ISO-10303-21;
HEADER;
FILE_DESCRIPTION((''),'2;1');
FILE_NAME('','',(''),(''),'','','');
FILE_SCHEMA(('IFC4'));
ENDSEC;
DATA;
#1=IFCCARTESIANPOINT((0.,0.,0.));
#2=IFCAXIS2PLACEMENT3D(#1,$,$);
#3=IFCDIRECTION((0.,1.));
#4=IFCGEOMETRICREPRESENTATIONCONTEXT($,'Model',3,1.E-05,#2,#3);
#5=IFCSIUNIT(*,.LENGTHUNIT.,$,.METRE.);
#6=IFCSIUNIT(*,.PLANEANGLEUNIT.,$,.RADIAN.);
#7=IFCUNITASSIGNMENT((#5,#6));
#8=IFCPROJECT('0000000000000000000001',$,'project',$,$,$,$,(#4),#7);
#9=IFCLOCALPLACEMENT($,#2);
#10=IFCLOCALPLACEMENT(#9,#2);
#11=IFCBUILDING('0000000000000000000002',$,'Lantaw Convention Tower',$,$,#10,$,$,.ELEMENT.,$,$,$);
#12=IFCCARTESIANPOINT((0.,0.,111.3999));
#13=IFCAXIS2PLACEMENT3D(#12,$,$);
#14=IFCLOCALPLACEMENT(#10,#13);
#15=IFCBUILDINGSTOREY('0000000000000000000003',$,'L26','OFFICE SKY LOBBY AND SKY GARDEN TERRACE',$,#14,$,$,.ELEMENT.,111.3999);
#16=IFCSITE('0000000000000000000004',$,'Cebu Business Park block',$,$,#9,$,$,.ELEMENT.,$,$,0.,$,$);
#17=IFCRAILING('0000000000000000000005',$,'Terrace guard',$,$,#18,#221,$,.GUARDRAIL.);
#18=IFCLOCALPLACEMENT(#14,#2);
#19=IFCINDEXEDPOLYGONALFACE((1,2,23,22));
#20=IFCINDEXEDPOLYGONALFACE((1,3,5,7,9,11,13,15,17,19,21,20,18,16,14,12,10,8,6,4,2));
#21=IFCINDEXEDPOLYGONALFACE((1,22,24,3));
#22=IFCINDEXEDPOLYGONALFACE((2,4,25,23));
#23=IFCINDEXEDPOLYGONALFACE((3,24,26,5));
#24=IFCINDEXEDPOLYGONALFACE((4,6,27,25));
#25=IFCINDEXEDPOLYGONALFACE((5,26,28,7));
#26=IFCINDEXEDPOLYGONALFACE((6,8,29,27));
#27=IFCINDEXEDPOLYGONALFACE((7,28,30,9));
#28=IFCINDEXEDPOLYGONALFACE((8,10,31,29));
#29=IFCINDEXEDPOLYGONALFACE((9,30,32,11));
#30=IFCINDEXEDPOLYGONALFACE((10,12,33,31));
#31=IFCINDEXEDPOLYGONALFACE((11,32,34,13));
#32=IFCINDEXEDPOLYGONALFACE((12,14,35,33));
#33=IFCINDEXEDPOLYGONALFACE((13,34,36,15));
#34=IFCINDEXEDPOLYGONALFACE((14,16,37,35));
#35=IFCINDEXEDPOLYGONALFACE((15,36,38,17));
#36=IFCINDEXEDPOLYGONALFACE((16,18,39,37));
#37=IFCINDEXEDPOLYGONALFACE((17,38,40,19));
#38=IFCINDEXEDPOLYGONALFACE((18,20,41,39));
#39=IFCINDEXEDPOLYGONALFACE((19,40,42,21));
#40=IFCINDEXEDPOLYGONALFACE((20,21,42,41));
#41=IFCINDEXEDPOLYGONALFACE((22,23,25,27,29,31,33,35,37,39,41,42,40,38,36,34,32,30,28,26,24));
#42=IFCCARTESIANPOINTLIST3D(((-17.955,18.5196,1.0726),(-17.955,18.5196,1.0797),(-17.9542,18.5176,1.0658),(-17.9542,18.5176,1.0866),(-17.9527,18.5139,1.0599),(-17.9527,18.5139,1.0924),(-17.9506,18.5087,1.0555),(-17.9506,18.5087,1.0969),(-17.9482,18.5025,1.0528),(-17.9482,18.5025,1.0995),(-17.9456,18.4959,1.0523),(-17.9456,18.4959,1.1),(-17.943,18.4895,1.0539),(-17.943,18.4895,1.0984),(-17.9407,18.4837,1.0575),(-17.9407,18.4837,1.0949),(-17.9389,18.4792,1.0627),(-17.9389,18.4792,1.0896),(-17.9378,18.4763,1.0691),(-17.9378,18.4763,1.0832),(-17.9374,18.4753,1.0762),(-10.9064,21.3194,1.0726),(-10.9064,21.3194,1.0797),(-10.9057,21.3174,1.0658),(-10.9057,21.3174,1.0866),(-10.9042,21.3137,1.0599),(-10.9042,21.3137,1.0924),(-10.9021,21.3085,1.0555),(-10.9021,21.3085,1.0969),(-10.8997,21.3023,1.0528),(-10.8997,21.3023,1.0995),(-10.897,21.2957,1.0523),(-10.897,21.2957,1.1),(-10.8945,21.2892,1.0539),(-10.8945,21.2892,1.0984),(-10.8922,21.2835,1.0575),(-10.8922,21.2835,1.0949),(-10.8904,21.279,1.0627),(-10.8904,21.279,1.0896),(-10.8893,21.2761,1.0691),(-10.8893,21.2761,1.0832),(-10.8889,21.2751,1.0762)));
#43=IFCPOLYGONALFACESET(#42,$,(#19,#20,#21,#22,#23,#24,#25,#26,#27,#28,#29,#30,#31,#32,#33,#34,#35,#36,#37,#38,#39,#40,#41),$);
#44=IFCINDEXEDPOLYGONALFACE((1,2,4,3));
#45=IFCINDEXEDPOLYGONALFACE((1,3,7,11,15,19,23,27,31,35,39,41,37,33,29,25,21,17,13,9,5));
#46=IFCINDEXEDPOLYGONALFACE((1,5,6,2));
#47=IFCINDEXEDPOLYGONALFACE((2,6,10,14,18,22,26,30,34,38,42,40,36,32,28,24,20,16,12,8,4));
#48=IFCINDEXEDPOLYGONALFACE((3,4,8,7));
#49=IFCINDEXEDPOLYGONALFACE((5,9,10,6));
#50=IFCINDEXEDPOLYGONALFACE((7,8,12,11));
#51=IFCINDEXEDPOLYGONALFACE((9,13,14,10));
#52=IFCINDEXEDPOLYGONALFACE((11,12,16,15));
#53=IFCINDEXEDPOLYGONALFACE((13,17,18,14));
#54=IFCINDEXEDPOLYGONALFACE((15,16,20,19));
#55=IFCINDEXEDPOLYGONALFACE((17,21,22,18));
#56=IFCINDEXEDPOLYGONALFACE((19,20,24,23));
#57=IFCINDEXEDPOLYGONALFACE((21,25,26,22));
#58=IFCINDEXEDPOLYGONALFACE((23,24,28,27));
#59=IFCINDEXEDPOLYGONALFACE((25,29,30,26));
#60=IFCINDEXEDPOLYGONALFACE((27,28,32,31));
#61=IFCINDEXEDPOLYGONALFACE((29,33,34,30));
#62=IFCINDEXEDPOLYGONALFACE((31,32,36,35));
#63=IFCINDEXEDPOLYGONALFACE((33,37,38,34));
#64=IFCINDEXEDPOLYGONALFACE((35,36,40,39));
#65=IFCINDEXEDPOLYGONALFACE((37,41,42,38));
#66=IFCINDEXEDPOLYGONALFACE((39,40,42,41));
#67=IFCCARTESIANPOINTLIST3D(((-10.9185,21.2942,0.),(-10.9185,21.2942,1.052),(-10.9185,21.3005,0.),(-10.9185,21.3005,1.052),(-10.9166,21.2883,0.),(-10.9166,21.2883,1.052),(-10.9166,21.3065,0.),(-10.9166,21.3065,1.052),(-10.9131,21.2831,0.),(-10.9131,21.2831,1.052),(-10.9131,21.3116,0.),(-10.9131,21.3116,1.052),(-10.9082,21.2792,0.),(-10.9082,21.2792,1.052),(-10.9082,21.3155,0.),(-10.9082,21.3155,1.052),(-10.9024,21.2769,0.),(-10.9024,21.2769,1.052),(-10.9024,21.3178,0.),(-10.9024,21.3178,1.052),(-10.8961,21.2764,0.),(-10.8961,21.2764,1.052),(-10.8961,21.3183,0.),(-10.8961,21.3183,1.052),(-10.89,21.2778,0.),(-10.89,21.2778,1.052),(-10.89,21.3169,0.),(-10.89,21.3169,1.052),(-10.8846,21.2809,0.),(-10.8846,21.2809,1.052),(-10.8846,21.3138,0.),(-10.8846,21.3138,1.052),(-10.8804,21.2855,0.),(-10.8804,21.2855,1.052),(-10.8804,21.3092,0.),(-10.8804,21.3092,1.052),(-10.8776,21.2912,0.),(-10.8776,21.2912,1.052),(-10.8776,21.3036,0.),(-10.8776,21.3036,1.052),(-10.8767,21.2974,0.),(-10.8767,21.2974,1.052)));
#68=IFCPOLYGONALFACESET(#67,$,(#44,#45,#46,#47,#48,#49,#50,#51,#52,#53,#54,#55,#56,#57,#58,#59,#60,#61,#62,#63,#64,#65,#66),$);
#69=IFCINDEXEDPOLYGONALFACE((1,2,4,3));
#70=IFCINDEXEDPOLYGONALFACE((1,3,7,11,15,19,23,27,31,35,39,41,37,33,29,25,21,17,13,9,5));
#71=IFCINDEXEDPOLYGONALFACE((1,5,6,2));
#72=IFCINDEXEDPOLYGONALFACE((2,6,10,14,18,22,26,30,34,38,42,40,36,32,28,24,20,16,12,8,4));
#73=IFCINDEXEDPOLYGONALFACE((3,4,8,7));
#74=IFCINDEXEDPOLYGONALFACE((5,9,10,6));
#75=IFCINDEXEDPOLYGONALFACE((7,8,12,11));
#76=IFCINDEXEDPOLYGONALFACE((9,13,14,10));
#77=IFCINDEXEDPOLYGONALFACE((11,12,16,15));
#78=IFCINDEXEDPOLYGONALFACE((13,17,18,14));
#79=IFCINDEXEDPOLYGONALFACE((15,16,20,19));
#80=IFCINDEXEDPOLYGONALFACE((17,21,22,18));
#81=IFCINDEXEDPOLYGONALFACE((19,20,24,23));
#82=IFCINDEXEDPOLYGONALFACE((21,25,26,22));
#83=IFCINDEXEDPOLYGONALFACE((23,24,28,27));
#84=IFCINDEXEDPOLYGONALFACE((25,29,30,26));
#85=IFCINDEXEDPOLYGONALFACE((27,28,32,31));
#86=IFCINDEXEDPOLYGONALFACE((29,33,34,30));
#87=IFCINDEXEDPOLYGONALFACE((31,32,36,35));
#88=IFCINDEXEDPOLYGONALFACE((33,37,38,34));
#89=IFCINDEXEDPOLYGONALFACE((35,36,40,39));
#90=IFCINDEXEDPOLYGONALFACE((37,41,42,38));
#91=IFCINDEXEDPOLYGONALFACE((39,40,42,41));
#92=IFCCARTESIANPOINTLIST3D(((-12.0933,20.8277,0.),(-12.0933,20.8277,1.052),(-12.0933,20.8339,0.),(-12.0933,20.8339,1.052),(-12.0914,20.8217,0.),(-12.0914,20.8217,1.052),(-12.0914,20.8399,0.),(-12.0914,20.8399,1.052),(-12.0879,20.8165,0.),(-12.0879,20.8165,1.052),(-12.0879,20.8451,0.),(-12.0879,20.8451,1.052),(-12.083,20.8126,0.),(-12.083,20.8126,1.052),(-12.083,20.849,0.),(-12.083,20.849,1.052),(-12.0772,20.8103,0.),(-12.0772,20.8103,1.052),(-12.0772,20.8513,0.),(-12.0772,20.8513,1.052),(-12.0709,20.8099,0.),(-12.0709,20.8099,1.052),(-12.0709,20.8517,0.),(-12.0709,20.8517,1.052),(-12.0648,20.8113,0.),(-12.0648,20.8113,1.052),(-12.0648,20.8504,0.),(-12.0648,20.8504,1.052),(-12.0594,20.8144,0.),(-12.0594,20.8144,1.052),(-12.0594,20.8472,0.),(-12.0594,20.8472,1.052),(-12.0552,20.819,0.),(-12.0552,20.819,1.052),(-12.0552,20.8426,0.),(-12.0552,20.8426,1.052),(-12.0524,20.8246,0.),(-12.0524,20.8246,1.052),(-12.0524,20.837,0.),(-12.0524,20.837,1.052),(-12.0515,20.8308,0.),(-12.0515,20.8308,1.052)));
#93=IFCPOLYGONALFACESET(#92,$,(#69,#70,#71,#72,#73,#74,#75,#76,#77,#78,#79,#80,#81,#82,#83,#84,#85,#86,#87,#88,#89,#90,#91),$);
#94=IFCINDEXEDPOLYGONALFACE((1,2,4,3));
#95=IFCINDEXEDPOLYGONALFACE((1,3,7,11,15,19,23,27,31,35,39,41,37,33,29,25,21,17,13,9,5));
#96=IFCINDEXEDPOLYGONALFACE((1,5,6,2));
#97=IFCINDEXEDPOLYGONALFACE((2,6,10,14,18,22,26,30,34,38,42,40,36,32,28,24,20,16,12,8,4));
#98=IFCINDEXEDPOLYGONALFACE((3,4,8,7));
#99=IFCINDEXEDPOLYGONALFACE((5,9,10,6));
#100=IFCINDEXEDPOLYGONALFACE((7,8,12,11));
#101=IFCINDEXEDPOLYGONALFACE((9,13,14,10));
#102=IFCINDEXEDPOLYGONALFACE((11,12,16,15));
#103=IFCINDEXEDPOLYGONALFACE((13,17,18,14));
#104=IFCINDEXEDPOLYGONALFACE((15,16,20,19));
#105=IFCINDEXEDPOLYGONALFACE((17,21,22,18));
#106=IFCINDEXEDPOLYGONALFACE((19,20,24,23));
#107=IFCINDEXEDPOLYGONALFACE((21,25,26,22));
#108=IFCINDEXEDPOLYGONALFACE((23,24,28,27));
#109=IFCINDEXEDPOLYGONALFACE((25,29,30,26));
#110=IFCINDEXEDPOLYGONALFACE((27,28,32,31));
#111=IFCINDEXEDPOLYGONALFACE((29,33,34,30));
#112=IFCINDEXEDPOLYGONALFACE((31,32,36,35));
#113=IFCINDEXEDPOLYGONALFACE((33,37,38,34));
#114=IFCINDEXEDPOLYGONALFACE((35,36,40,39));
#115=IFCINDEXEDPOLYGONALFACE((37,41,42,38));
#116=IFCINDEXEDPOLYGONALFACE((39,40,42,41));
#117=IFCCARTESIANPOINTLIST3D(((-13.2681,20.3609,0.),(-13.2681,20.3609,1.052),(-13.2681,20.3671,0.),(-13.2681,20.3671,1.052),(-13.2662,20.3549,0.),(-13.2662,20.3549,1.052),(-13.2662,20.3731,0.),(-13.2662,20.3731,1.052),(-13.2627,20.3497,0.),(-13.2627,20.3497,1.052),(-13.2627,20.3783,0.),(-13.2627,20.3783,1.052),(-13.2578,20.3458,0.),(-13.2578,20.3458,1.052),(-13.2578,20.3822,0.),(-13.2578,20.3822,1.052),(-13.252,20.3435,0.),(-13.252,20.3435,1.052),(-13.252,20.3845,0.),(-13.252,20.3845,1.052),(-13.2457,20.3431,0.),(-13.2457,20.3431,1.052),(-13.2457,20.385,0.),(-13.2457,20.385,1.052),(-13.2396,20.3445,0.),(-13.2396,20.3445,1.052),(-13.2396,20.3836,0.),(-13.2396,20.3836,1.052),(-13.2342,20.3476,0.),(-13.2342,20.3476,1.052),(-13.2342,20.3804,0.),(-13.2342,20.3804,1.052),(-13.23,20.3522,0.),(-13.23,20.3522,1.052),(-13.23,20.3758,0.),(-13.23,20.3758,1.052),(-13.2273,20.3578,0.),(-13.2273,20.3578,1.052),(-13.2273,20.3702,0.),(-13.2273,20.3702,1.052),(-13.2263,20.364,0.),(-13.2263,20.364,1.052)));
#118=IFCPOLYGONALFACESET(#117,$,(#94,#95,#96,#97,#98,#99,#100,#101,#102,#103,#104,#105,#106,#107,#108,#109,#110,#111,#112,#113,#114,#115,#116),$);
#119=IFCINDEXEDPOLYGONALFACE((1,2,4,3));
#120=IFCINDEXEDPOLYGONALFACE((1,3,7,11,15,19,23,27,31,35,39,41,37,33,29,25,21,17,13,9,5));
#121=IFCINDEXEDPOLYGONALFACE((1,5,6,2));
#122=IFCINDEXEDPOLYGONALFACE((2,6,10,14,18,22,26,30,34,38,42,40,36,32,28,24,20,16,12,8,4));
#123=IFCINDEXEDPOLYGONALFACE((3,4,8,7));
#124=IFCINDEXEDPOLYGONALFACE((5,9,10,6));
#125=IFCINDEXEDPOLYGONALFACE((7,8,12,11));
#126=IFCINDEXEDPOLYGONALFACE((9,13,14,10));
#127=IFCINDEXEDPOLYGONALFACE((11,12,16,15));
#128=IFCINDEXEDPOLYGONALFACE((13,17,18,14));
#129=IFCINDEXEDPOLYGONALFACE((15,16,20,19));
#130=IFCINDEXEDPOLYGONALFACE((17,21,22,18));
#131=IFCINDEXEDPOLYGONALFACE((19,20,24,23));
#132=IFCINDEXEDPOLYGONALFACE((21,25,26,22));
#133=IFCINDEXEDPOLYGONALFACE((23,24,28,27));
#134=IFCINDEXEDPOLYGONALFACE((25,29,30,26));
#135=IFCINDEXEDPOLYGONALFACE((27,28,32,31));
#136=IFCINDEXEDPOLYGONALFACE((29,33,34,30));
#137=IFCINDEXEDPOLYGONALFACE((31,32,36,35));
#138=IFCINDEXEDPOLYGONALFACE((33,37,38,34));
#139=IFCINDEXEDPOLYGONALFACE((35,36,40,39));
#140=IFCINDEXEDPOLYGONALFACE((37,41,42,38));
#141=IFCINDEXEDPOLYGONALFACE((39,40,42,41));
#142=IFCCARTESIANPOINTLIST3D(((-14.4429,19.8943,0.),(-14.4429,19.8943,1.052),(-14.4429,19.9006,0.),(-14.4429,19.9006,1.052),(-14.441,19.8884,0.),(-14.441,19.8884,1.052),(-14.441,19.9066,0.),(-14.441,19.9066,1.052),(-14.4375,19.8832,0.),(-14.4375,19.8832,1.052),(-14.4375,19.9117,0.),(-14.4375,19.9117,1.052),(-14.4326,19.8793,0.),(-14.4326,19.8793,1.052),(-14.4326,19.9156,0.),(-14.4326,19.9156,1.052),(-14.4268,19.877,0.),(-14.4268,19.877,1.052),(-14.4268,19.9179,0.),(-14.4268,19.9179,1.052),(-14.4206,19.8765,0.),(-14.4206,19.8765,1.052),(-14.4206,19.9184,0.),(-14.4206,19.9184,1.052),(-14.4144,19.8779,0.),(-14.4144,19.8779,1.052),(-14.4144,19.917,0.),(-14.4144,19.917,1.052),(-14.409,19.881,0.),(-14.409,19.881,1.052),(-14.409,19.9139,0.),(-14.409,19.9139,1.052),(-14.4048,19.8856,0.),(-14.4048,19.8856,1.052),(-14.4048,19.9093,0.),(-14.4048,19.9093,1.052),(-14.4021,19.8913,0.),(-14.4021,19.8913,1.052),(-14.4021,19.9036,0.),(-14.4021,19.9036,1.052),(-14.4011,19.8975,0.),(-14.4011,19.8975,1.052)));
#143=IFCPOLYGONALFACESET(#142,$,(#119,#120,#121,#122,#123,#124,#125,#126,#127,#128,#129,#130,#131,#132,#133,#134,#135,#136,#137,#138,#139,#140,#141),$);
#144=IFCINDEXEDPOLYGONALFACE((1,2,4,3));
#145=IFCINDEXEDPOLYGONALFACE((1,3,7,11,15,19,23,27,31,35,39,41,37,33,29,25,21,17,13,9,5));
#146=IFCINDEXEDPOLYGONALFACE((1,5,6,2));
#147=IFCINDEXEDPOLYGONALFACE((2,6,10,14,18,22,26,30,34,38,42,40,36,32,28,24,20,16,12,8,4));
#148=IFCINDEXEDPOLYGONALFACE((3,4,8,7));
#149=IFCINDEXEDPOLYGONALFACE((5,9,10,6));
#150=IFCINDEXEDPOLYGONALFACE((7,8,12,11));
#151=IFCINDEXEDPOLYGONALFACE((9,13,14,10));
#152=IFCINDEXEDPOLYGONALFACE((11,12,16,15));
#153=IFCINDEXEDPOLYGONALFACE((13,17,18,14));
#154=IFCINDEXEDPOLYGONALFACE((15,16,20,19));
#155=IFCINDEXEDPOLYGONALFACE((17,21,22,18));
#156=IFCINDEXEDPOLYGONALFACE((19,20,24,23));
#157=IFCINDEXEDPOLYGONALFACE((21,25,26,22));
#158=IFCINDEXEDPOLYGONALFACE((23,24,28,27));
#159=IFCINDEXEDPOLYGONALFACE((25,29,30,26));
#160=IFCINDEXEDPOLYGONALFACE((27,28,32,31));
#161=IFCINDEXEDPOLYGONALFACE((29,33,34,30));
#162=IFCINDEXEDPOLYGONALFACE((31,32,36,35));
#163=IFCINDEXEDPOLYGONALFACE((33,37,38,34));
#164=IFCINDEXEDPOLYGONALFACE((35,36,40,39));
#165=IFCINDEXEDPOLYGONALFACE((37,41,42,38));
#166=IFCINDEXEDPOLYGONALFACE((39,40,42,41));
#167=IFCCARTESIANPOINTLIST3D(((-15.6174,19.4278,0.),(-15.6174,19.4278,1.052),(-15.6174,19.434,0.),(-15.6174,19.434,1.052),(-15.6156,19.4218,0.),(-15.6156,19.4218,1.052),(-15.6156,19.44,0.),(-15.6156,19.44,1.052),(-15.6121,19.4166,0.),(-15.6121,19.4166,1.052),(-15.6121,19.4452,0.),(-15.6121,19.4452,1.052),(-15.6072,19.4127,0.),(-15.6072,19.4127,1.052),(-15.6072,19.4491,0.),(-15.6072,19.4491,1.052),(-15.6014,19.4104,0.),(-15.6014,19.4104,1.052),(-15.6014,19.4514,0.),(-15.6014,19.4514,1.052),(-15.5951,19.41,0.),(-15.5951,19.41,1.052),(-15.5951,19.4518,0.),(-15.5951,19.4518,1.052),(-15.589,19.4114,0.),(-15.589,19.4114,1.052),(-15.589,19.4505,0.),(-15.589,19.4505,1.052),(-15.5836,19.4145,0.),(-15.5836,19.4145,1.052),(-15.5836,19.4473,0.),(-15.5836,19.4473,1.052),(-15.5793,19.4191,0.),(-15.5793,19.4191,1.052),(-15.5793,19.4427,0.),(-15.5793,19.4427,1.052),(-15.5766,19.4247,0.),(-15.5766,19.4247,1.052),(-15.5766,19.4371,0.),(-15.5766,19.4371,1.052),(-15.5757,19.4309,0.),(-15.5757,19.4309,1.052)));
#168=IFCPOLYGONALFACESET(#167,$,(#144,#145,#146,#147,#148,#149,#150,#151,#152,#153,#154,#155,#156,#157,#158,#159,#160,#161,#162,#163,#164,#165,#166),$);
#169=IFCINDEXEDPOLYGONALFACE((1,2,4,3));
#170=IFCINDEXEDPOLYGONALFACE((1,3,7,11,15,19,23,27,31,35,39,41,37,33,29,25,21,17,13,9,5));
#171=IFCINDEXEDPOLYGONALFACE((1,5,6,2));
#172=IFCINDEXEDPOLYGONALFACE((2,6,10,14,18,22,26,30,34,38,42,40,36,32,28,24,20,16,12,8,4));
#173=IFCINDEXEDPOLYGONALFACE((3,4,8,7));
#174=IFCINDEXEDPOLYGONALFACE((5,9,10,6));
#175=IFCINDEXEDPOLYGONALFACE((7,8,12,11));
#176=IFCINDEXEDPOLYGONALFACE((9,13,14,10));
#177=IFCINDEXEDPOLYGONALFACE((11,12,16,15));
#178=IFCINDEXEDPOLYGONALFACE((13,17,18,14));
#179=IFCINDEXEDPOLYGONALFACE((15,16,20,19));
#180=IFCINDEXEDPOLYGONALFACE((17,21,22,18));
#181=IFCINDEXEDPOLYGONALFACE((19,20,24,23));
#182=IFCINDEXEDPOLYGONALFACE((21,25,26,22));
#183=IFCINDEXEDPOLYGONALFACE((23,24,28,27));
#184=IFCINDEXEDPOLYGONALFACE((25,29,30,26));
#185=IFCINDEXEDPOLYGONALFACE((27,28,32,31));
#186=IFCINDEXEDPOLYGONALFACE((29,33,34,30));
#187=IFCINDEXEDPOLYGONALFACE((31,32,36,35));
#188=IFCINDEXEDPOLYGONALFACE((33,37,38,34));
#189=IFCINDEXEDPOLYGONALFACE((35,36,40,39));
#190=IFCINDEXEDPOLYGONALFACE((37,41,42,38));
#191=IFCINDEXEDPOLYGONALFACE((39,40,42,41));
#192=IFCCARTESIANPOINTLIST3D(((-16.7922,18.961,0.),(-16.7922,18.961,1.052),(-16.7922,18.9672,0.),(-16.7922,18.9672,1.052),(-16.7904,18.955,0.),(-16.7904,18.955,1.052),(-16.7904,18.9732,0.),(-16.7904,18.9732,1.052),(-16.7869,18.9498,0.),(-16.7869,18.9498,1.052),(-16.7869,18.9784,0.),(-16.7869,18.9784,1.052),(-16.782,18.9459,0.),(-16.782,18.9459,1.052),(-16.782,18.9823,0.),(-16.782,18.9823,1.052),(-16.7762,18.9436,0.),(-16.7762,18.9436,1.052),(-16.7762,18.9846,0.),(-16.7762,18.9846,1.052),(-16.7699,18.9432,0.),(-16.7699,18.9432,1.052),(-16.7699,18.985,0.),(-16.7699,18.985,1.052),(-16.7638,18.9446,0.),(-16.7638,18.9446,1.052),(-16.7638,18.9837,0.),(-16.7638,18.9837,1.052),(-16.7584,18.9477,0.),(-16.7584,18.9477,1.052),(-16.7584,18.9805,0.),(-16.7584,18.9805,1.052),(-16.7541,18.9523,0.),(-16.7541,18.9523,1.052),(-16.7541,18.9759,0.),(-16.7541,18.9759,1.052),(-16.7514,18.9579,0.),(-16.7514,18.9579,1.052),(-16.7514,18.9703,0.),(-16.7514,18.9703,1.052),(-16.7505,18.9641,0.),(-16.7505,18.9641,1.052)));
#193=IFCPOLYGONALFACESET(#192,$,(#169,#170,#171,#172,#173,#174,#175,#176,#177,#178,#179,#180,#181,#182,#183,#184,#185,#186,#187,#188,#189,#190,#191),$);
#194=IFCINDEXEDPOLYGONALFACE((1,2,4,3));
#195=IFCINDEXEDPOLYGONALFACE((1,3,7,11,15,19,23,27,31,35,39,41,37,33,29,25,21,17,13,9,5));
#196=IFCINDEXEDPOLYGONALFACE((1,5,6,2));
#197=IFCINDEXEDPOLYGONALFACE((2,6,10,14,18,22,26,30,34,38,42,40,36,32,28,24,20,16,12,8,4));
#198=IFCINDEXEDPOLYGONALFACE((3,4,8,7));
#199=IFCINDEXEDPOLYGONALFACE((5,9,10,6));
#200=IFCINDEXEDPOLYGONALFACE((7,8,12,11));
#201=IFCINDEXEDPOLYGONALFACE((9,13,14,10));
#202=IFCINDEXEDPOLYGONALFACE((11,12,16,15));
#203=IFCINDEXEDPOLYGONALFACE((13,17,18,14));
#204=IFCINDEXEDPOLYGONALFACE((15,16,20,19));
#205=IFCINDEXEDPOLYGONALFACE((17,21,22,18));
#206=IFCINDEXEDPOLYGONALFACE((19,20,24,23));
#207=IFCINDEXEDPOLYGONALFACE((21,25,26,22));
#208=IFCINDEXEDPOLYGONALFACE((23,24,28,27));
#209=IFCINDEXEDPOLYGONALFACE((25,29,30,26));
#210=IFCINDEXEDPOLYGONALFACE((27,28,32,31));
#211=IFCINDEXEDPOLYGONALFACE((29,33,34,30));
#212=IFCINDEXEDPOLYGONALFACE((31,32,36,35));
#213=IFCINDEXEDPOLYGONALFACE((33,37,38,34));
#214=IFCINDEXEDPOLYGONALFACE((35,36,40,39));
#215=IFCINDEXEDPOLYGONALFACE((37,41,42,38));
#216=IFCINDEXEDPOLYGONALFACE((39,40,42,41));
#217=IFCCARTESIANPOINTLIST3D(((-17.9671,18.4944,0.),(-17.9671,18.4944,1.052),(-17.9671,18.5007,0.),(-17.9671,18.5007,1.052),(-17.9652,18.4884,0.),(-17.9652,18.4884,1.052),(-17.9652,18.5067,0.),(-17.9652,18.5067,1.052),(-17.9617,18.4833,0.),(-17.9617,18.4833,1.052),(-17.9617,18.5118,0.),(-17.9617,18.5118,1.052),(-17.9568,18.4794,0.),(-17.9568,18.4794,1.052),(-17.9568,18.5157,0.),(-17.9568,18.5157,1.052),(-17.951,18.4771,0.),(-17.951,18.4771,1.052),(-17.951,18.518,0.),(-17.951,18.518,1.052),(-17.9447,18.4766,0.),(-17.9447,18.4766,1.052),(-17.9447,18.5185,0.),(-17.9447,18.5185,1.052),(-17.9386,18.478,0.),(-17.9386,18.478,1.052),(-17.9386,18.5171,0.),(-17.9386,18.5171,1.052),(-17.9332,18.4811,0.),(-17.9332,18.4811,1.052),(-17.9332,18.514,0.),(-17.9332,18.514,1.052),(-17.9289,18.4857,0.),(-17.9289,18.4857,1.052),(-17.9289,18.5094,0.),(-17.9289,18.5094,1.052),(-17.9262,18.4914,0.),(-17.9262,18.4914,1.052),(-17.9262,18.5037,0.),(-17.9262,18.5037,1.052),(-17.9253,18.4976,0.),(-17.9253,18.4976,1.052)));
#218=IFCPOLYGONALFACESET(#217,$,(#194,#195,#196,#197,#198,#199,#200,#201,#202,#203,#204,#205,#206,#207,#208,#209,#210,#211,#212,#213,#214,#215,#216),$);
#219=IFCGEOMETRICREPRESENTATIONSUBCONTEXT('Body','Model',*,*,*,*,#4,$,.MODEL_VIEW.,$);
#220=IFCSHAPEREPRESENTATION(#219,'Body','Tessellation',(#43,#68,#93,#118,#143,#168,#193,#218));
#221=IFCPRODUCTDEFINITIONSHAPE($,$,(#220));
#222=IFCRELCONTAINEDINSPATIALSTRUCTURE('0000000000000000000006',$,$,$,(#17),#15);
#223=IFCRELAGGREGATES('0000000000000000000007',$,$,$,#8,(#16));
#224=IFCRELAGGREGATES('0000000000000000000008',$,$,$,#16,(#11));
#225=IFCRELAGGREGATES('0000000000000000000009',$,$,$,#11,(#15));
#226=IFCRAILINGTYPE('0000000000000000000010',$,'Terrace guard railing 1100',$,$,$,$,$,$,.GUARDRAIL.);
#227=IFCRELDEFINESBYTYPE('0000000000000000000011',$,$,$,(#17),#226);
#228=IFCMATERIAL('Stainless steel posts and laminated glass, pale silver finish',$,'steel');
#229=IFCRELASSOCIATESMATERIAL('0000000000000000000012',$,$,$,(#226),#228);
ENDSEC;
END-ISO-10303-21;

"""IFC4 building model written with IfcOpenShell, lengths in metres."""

from ifc_helpers import new_model, si_unit, direction, frame, origin, origin_2d, place, context, subcontext, project, spatial, circle, extrude, material, type_object, element, save


model = new_model("IFC4")

# Units and contexts
model_context = context("Model", 3, precision=1e-05, world=origin(), true_north=direction((0.0, 1.0)))
body_context = subcontext(model_context, "Body", "Model", "MODEL_VIEW")
ifc_project = project(units=[si_unit("LENGTHUNIT", "METRE"), si_unit("PLANEANGLEUNIT", "RADIAN")], contexts=[model_context])

# Site, building, storey
site_placement = place(None, origin())
site = spatial("IfcSite", under=ifc_project, at=site_placement, Name="Cebu Business Park block", CompositionType="ELEMENT", RefElevation=0.0)
building_placement = place(site_placement, origin())
building = spatial("IfcBuilding", under=site, at=building_placement, Name="Lantaw Convention Tower", CompositionType="ELEMENT")
storey_placement = place(building_placement, frame((0.0, 0.0, 111.3999)))
storey = spatial("IfcBuildingStorey", under=building, at=storey_placement, Name="L26", Description="OFFICE SKY LOBBY AND SKY GARDEN TERRACE", CompositionType="ELEMENT", Elevation=111.3999)

# Railing
ifc_material_1 = material(Name="Stainless steel posts and laminated glass, pale silver finish", Category="steel")
railing_type = type_object("IfcRailingType", Name="Terrace guard railing 1100", PredefinedType="GUARDRAIL", material=ifc_material_1)
railing_placement = place(storey_placement, frame((-10.8977, 21.2974, 0.0)))
element("IfcRailing", 1, at=railing_placement, inside=storey, type_object=railing_type, Name="Terrace guard", PredefinedType="GUARDRAIL", context=body_context, shape_type="SweptSolid", body=[
    extrude(circle(Radius=0.0239, at=origin_2d()), frame((0.0, 0.0, 1.0762), z_axis=(-0.929366, -0.369158, 0.0), x_axis=(0.369158, -0.929366, 0.0)), (0.0, 0.0, 1.0), 7.5842),
    extrude(circle(Radius=0.021, at=origin_2d()), origin(), (0.0, 0.0, 1.0), 1.052),
    extrude(circle(Radius=0.021, at=origin_2d()), frame((-1.1748, -0.4666, 0.0)), (0.0, 0.0, 1.0), 1.052),
    extrude(circle(Radius=0.021, at=origin_2d()), frame((-2.3496, -0.9333, 0.0)), (0.0, 0.0, 1.0), 1.052),
    extrude(circle(Radius=0.021, at=origin_2d()), frame((-3.5244, -1.3999, 0.0)), (0.0, 0.0, 1.0), 1.052),
    extrude(circle(Radius=0.021, at=origin_2d()), frame((-4.699, -1.8665, 0.0)), (0.0, 0.0, 1.0), 1.052),
    extrude(circle(Radius=0.021, at=origin_2d()), frame((-5.8738, -2.3333, 0.0)), (0.0, 0.0, 1.0), 1.052),
    extrude(circle(Radius=0.021, at=origin_2d()), frame((-7.0486, -2.7998, 0.0)), (0.0, 0.0, 1.0), 1.052),
])

save(model, "model.ifc")
